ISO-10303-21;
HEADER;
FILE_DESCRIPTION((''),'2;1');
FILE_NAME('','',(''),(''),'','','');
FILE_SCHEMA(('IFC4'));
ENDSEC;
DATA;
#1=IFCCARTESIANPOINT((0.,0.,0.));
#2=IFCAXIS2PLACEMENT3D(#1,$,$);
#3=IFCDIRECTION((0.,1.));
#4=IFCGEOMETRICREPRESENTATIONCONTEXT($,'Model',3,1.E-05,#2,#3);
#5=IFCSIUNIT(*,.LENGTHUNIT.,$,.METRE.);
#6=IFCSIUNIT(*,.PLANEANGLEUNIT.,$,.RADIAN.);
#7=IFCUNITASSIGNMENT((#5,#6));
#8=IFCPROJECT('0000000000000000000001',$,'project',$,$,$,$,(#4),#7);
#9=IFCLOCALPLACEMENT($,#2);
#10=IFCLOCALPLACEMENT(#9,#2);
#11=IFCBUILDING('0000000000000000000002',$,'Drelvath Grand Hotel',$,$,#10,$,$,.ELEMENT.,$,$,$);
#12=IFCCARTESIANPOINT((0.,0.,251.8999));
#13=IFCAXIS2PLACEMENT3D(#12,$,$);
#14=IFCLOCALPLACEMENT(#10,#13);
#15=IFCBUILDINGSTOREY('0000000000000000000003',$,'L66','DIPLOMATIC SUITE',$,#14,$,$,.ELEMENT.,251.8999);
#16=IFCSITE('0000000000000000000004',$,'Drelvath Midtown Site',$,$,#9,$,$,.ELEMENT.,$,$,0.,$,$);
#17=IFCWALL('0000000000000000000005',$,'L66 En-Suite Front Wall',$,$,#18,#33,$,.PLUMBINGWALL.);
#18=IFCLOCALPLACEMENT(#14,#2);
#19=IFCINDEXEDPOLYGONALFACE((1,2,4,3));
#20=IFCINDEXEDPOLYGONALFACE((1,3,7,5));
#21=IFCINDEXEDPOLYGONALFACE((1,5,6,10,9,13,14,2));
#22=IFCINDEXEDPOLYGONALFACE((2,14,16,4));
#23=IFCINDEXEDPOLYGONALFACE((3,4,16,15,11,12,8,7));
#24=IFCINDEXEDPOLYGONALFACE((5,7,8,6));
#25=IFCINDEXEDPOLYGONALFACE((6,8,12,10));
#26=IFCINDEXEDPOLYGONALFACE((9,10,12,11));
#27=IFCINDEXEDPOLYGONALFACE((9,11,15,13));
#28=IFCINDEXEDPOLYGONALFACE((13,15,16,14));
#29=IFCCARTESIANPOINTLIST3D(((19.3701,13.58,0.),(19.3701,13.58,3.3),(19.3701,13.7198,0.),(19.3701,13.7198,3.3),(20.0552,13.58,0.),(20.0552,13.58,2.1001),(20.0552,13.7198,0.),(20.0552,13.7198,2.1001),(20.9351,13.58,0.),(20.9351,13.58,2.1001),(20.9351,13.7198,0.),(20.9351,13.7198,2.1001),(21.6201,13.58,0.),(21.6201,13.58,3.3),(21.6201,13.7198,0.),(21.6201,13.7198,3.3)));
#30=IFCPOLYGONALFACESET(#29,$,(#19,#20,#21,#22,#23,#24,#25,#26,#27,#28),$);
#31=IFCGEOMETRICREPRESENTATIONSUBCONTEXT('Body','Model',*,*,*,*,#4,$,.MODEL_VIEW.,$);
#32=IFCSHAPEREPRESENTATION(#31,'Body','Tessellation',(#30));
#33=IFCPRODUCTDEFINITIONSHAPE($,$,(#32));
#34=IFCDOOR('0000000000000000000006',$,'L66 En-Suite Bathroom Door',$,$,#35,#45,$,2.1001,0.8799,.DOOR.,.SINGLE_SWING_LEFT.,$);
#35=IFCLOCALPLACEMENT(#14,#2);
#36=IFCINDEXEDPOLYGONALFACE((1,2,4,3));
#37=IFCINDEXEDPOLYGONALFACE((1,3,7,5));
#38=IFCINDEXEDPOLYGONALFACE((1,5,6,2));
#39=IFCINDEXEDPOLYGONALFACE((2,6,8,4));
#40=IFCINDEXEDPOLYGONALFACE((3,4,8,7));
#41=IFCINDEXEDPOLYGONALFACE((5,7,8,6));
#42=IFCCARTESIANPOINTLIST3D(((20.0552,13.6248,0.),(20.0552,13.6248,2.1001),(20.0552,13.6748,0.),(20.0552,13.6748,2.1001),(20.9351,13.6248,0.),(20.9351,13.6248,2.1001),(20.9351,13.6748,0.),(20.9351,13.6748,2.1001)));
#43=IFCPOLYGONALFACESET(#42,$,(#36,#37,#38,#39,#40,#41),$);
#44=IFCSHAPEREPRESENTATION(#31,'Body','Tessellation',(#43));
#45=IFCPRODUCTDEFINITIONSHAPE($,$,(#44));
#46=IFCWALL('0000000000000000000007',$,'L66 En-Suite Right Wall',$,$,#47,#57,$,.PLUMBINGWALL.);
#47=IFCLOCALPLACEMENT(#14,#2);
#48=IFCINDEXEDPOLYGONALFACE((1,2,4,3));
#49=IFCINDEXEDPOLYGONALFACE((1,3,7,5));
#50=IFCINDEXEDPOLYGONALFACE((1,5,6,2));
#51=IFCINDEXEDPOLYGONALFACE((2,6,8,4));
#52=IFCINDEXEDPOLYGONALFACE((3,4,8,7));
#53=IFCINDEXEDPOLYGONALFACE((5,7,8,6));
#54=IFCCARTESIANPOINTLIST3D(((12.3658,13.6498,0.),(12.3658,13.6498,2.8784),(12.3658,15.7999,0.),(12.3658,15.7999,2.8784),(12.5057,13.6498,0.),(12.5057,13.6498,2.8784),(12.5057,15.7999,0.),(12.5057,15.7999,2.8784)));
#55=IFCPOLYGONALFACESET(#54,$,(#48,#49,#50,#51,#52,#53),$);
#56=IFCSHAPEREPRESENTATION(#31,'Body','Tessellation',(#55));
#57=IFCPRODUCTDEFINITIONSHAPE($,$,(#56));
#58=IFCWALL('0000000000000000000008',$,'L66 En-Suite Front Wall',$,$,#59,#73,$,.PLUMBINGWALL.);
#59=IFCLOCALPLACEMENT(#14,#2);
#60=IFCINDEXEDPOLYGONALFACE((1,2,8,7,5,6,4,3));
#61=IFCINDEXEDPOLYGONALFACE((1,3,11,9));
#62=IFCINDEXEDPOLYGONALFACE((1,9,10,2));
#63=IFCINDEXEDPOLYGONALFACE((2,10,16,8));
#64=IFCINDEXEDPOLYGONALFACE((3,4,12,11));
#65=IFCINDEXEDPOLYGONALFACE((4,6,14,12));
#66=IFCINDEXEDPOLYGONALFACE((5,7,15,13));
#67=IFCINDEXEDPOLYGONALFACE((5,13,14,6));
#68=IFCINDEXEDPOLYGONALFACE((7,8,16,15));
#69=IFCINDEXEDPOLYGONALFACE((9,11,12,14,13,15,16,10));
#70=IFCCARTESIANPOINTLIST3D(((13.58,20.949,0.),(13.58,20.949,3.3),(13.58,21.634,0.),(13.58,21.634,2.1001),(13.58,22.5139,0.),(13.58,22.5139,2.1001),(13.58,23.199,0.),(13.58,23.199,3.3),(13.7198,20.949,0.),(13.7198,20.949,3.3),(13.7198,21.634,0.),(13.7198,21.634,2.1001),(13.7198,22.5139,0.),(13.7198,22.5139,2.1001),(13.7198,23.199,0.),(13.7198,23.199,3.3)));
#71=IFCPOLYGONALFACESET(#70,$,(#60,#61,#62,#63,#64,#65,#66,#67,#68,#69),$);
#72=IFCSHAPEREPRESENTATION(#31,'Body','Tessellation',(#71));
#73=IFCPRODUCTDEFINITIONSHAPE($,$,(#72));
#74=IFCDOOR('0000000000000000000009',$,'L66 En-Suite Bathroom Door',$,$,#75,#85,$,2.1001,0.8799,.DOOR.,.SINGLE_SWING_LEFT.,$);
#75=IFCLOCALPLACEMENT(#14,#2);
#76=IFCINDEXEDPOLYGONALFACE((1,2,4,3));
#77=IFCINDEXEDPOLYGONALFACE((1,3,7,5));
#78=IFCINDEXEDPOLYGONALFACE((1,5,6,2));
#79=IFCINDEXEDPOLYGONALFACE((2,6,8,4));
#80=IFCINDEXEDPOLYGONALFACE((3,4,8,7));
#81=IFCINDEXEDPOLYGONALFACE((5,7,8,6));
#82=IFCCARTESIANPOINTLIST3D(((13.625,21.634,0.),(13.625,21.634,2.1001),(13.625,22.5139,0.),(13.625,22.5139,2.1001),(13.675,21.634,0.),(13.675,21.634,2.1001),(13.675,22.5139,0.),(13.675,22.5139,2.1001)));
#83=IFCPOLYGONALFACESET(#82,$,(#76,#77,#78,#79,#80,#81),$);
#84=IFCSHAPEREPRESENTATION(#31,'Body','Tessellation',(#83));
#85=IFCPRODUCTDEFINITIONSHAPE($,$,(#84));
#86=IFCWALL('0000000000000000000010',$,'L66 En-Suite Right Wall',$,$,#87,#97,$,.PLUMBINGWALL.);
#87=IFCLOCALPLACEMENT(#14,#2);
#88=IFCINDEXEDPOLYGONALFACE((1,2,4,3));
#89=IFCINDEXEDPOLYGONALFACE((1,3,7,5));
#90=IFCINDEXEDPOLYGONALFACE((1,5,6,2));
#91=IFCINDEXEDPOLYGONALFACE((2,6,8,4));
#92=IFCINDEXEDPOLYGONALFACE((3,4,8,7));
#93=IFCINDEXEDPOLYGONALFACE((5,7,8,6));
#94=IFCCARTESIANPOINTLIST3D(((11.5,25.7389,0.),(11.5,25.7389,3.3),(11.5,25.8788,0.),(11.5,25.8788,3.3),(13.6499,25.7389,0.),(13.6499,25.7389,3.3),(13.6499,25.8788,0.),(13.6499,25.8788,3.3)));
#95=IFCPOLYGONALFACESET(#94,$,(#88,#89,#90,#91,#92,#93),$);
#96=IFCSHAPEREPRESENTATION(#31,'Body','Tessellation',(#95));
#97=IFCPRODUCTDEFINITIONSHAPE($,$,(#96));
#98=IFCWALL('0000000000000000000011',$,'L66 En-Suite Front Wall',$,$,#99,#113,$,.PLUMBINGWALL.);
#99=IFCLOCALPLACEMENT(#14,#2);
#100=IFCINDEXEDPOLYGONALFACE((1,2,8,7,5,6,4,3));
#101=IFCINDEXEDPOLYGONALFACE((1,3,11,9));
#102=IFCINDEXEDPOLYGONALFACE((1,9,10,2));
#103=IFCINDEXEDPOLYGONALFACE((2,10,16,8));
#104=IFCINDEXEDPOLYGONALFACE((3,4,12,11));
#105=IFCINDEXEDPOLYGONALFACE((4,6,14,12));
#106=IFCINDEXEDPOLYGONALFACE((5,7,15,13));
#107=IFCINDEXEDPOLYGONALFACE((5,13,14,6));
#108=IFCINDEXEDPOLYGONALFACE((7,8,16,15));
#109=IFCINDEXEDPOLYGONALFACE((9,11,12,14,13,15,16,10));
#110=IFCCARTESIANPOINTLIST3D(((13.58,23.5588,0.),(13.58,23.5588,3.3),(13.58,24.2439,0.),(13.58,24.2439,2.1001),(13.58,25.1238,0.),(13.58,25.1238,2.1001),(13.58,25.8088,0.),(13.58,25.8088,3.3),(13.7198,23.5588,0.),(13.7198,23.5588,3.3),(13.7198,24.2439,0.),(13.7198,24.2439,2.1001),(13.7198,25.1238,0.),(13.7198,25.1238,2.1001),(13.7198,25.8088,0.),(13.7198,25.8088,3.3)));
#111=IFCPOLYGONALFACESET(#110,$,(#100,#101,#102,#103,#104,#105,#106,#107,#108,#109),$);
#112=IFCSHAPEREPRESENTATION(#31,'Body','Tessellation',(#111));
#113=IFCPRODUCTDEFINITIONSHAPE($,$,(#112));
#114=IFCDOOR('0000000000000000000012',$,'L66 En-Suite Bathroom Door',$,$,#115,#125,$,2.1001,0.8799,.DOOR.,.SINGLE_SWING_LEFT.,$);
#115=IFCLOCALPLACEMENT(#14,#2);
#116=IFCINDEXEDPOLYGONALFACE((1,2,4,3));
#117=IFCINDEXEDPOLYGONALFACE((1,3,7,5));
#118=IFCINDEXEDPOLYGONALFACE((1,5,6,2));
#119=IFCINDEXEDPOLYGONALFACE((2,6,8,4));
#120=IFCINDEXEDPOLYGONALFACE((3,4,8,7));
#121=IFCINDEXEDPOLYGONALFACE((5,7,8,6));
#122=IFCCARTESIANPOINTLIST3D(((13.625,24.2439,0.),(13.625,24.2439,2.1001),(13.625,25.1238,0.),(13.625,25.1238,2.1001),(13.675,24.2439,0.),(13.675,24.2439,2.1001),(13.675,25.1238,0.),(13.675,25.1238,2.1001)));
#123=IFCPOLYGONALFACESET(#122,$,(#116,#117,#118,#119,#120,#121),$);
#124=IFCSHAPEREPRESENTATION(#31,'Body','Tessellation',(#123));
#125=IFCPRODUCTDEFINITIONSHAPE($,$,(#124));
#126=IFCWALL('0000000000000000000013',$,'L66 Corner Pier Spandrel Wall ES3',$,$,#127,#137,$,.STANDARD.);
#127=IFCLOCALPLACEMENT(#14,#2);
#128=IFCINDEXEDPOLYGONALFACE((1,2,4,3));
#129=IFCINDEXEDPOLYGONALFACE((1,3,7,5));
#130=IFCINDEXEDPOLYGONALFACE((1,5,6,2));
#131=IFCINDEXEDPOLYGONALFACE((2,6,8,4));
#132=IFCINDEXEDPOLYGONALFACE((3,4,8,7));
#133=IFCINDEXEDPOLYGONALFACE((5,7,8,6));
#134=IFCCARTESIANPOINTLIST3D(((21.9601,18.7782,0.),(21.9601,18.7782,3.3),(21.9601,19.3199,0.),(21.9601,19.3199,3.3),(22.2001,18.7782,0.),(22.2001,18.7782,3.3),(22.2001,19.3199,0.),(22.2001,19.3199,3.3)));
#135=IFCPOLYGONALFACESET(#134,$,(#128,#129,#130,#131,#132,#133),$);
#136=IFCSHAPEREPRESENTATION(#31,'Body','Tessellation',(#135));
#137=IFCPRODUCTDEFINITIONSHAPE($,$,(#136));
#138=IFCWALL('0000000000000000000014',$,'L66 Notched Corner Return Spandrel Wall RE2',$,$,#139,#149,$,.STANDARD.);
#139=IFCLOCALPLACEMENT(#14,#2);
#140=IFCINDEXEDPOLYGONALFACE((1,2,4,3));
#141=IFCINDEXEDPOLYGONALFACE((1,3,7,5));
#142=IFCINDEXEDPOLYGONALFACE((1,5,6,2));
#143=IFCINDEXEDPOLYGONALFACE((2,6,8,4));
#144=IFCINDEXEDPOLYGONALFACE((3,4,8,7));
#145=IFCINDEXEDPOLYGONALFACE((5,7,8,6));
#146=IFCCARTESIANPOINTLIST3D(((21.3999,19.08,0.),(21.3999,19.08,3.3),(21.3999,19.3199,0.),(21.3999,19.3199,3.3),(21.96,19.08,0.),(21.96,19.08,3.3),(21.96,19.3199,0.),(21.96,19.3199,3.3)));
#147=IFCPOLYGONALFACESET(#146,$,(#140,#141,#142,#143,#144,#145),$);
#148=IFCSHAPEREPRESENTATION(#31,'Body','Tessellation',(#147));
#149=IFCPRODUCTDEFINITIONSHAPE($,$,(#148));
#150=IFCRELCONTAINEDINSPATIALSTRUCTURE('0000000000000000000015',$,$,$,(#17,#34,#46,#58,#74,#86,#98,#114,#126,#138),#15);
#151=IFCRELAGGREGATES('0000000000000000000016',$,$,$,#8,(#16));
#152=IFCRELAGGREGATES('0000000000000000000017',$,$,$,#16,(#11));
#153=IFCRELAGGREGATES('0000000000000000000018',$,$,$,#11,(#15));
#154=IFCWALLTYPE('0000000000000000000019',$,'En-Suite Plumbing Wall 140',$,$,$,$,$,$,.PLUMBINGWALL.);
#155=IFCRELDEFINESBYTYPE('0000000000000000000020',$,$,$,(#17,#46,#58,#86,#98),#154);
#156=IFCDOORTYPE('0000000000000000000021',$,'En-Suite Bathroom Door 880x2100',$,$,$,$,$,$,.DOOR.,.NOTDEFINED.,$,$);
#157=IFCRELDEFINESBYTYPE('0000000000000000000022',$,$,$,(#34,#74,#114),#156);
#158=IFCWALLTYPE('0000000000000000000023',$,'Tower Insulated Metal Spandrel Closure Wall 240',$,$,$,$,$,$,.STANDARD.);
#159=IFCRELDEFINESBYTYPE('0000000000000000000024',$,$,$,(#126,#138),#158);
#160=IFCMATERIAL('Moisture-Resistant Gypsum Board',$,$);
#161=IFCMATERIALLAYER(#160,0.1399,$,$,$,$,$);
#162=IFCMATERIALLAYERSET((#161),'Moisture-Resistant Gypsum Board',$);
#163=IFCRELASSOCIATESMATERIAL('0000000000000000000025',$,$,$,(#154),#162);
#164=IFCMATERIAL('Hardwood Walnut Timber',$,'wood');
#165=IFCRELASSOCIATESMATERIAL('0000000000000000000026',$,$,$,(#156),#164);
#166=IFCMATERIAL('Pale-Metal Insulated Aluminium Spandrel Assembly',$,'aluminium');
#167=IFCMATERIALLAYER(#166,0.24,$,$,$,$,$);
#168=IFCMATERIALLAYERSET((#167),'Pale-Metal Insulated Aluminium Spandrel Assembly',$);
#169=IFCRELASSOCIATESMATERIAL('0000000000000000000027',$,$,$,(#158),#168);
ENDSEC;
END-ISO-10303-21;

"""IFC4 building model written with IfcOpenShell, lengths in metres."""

from ifc_helpers import new_model, si_unit, direction, frame, frame_2d, origin, place, context, subcontext, project, spatial, rectangle, extrude, material, layer, layer_set, type_object, element, fill, save


model = new_model("IFC4")

# Units and contexts
model_context = context("Model", 3, precision=1e-05, world=origin(), true_north=direction((0.0, 1.0)))
body_context = subcontext(model_context, "Body", "Model", "MODEL_VIEW")
ifc_project = project(units=[si_unit("LENGTHUNIT", "METRE"), si_unit("PLANEANGLEUNIT", "RADIAN")], contexts=[model_context])

# Site, building, storey
site_placement = place(None, origin())
site = spatial("IfcSite", under=ifc_project, at=site_placement, Name="Drelvath Midtown Site", CompositionType="ELEMENT", RefElevation=0.0)
building_placement = place(site_placement, origin())
building = spatial("IfcBuilding", under=site, at=building_placement, Name="Drelvath Grand Hotel", CompositionType="ELEMENT")
storey_placement = place(building_placement, frame((0.0, 0.0, 251.8999)))
storey = spatial("IfcBuildingStorey", under=building, at=storey_placement, Name="L66", Description="DIPLOMATIC SUITE", CompositionType="ELEMENT", Elevation=251.8999)

# Shared definitions
ifc_material_1 = material(Name="Moisture-Resistant Gypsum Board")
ifc_layer_1 = layer(ifc_material_1, 0.1399)
ifc_layer_set_1 = layer_set([ifc_layer_1], Name="Moisture-Resistant Gypsum Board")
wall_type_1 = type_object("IfcWallType", Name="En-Suite Plumbing Wall 140", PredefinedType="PLUMBINGWALL", material=ifc_layer_set_1)

# Wall, opening, door
wall_1_placement = place(storey_placement, frame((19.3701, 13.6499, 0.0), z_axis=(0.0, 0.0, 1.0), x_axis=(1.0, 0.0, 0.0)))
wall_1 = element("IfcWall", 1, at=wall_1_placement, inside=storey, type_object=wall_type_1, Name="L66 En-Suite Front Wall", PredefinedType="PLUMBINGWALL", context=body_context, shape_type="SweptSolid", body=[
    extrude(rectangle(XDim=2.25, YDim=0.1399, at=frame_2d((1.125, 0.0))), origin(), (0.0, 0.0, 1.0), 3.3),
])
opening_1_placement = place(wall_1_placement, frame((0.6851, 0.0, 0.0)))
opening_1 = element("IfcOpeningElement", 2, at=opening_1_placement, cuts=wall_1, PredefinedType="OPENING", context=body_context, shape_type="SweptSolid", body=[
    extrude(rectangle(XDim=0.8799, YDim=2.1001, at=frame_2d((0.4399, 1.05))), frame((0.0, 0.0798, 0.0), z_axis=(0.0, -1.0, 0.0), x_axis=(1.0, 0.0, 0.0)), (0.0, 0.0, 1.0), 0.1599),
])
ifc_material_2 = material(Name="Hardwood Walnut Timber", Category="wood")
door_type = type_object("IfcDoorType", Name="En-Suite Bathroom Door 880x2100", OperationType="NOTDEFINED", PredefinedType="DOOR", material=ifc_material_2)
door_1_placement = place(opening_1_placement, origin())
door_1 = element("IfcDoor", 3, at=door_1_placement, inside=storey, type_object=door_type, Name="L66 En-Suite Bathroom Door", OperationType="SINGLE_SWING_LEFT", OverallHeight=2.1001, OverallWidth=0.8799, PredefinedType="DOOR", context=body_context, shape_type="SweptSolid", body=[
    extrude(rectangle(XDim=0.8799, YDim=2.1001, at=frame_2d((0.4399, 1.05))), frame((0.0, 0.0249, 0.0), z_axis=(0.0, -1.0, 0.0), x_axis=(1.0, 0.0, 0.0)), (0.0, 0.0, 1.0), 0.05),
])
fill(opening_1, door_1)

# Wall
wall_2_placement = place(storey_placement, frame((12.4358, 15.8, 0.0), z_axis=(0.0, 0.0, 1.0), x_axis=(0.0, -1.0, 0.0)))
element("IfcWall", 4, at=wall_2_placement, inside=storey, type_object=wall_type_1, Name="L66 En-Suite Right Wall", PredefinedType="PLUMBINGWALL", context=body_context, shape_type="SweptSolid", body=[
    extrude(rectangle(XDim=2.1501, YDim=0.1399, at=frame_2d((1.0752, 0.0))), origin(), (0.0, 0.0, 1.0), 2.8784),
])

# Wall, opening, door
wall_3_placement = place(storey_placement, frame((13.6499, 20.949, 0.0), z_axis=(0.0, 0.0, 1.0), x_axis=(0.0, 1.0, 0.0)))
wall_3 = element("IfcWall", 5, at=wall_3_placement, inside=storey, type_object=wall_type_1, Name="L66 En-Suite Front Wall", PredefinedType="PLUMBINGWALL", context=body_context, shape_type="SweptSolid", body=[
    extrude(rectangle(XDim=2.25, YDim=0.1399, at=frame_2d((1.125, 0.0))), origin(), (0.0, 0.0, 1.0), 3.3),
])
opening_2_placement = place(wall_3_placement, frame((0.6851, 0.0, 0.0)))
opening_2 = element("IfcOpeningElement", 6, at=opening_2_placement, cuts=wall_3, PredefinedType="OPENING", context=body_context, shape_type="SweptSolid", body=[
    extrude(rectangle(XDim=0.8799, YDim=2.1001, at=frame_2d((0.4399, 1.05))), frame((0.0, 0.0798, 0.0), z_axis=(0.0, -1.0, 0.0), x_axis=(1.0, 0.0, 0.0)), (0.0, 0.0, 1.0), 0.1599),
])
door_2_placement = place(opening_2_placement, origin())
door_2 = element("IfcDoor", 7, at=door_2_placement, inside=storey, type_object=door_type, Name="L66 En-Suite Bathroom Door", OperationType="SINGLE_SWING_LEFT", OverallHeight=2.1001, OverallWidth=0.8799, PredefinedType="DOOR", context=body_context, shape_type="SweptSolid", body=[
    extrude(rectangle(XDim=0.8799, YDim=2.1001, at=frame_2d((0.4399, 1.05))), frame((0.0, 0.0249, 0.0), z_axis=(0.0, -1.0, 0.0), x_axis=(1.0, 0.0, 0.0)), (0.0, 0.0, 1.0), 0.05),
])
fill(opening_2, door_2)

# Wall
wall_4_placement = place(storey_placement, frame((11.5, 25.8088, 0.0), z_axis=(0.0, 0.0, 1.0), x_axis=(1.0, 0.0, 0.0)))
element("IfcWall", 8, at=wall_4_placement, inside=storey, type_object=wall_type_1, Name="L66 En-Suite Right Wall", PredefinedType="PLUMBINGWALL", context=body_context, shape_type="SweptSolid", body=[
    extrude(rectangle(XDim=2.1499, YDim=0.1399, at=frame_2d((1.075, 0.0))), origin(), (0.0, 0.0, 1.0), 3.3),
])

# Wall, opening, door
wall_5_placement = place(storey_placement, frame((13.6499, 23.5588, 0.0), z_axis=(0.0, 0.0, 1.0), x_axis=(0.0, 1.0, 0.0)))
wall_5 = element("IfcWall", 9, at=wall_5_placement, inside=storey, type_object=wall_type_1, Name="L66 En-Suite Front Wall", PredefinedType="PLUMBINGWALL", context=body_context, shape_type="SweptSolid", body=[
    extrude(rectangle(XDim=2.25, YDim=0.1399, at=frame_2d((1.125, 0.0))), origin(), (0.0, 0.0, 1.0), 3.3),
])
opening_3_placement = place(wall_5_placement, frame((0.6851, 0.0, 0.0)))
opening_3 = element("IfcOpeningElement", 10, at=opening_3_placement, cuts=wall_5, PredefinedType="OPENING", context=body_context, shape_type="SweptSolid", body=[
    extrude(rectangle(XDim=0.8799, YDim=2.1001, at=frame_2d((0.4399, 1.05))), frame((0.0, 0.0798, 0.0), z_axis=(0.0, -1.0, 0.0), x_axis=(1.0, 0.0, 0.0)), (0.0, 0.0, 1.0), 0.1599),
])
door_3_placement = place(opening_3_placement, origin())
door_3 = element("IfcDoor", 11, at=door_3_placement, inside=storey, type_object=door_type, Name="L66 En-Suite Bathroom Door", OperationType="SINGLE_SWING_LEFT", OverallHeight=2.1001, OverallWidth=0.8799, PredefinedType="DOOR", context=body_context, shape_type="SweptSolid", body=[
    extrude(rectangle(XDim=0.8799, YDim=2.1001, at=frame_2d((0.4399, 1.05))), frame((0.0, 0.0249, 0.0), z_axis=(0.0, -1.0, 0.0), x_axis=(1.0, 0.0, 0.0)), (0.0, 0.0, 1.0), 0.05),
])
fill(opening_3, door_3)

# Walls
ifc_material_3 = material(Name="Pale-Metal Insulated Aluminium Spandrel Assembly", Category="aluminium")
ifc_layer_2 = layer(ifc_material_3, 0.24)
ifc_layer_set_2 = layer_set([ifc_layer_2], Name="Pale-Metal Insulated Aluminium Spandrel Assembly")
wall_type_2 = type_object("IfcWallType", Name="Tower Insulated Metal Spandrel Closure Wall 240", PredefinedType="STANDARD", material=ifc_layer_set_2)
wall_6_placement = place(storey_placement, frame((22.0801, 19.3201, 0.0), z_axis=(0.0, 0.0, 1.0), x_axis=(0.0, -1.0, 0.0)))
element("IfcWall", 12, at=wall_6_placement, inside=storey, type_object=wall_type_2, Name="L66 Corner Pier Spandrel Wall ES3", PredefinedType="STANDARD", context=body_context, shape_type="SweptSolid", body=[
    extrude(rectangle(XDim=0.5417, YDim=0.24, at=frame_2d((0.271, 0.0))), origin(), (0.0, 0.0, 1.0), 3.3),
])
wall_7_placement = place(storey_placement, frame((21.3999, 19.2, 0.0), z_axis=(0.0, 0.0, 1.0), x_axis=(1.0, 0.0, 0.0)))
element("IfcWall", 13, at=wall_7_placement, inside=storey, type_object=wall_type_2, Name="L66 Notched Corner Return Spandrel Wall RE2", PredefinedType="STANDARD", context=body_context, shape_type="SweptSolid", body=[
    extrude(rectangle(XDim=0.5601, YDim=0.24, at=frame_2d((0.28, 0.0))), origin(), (0.0, 0.0, 1.0), 3.3),
])

save(model, "model.ifc")
